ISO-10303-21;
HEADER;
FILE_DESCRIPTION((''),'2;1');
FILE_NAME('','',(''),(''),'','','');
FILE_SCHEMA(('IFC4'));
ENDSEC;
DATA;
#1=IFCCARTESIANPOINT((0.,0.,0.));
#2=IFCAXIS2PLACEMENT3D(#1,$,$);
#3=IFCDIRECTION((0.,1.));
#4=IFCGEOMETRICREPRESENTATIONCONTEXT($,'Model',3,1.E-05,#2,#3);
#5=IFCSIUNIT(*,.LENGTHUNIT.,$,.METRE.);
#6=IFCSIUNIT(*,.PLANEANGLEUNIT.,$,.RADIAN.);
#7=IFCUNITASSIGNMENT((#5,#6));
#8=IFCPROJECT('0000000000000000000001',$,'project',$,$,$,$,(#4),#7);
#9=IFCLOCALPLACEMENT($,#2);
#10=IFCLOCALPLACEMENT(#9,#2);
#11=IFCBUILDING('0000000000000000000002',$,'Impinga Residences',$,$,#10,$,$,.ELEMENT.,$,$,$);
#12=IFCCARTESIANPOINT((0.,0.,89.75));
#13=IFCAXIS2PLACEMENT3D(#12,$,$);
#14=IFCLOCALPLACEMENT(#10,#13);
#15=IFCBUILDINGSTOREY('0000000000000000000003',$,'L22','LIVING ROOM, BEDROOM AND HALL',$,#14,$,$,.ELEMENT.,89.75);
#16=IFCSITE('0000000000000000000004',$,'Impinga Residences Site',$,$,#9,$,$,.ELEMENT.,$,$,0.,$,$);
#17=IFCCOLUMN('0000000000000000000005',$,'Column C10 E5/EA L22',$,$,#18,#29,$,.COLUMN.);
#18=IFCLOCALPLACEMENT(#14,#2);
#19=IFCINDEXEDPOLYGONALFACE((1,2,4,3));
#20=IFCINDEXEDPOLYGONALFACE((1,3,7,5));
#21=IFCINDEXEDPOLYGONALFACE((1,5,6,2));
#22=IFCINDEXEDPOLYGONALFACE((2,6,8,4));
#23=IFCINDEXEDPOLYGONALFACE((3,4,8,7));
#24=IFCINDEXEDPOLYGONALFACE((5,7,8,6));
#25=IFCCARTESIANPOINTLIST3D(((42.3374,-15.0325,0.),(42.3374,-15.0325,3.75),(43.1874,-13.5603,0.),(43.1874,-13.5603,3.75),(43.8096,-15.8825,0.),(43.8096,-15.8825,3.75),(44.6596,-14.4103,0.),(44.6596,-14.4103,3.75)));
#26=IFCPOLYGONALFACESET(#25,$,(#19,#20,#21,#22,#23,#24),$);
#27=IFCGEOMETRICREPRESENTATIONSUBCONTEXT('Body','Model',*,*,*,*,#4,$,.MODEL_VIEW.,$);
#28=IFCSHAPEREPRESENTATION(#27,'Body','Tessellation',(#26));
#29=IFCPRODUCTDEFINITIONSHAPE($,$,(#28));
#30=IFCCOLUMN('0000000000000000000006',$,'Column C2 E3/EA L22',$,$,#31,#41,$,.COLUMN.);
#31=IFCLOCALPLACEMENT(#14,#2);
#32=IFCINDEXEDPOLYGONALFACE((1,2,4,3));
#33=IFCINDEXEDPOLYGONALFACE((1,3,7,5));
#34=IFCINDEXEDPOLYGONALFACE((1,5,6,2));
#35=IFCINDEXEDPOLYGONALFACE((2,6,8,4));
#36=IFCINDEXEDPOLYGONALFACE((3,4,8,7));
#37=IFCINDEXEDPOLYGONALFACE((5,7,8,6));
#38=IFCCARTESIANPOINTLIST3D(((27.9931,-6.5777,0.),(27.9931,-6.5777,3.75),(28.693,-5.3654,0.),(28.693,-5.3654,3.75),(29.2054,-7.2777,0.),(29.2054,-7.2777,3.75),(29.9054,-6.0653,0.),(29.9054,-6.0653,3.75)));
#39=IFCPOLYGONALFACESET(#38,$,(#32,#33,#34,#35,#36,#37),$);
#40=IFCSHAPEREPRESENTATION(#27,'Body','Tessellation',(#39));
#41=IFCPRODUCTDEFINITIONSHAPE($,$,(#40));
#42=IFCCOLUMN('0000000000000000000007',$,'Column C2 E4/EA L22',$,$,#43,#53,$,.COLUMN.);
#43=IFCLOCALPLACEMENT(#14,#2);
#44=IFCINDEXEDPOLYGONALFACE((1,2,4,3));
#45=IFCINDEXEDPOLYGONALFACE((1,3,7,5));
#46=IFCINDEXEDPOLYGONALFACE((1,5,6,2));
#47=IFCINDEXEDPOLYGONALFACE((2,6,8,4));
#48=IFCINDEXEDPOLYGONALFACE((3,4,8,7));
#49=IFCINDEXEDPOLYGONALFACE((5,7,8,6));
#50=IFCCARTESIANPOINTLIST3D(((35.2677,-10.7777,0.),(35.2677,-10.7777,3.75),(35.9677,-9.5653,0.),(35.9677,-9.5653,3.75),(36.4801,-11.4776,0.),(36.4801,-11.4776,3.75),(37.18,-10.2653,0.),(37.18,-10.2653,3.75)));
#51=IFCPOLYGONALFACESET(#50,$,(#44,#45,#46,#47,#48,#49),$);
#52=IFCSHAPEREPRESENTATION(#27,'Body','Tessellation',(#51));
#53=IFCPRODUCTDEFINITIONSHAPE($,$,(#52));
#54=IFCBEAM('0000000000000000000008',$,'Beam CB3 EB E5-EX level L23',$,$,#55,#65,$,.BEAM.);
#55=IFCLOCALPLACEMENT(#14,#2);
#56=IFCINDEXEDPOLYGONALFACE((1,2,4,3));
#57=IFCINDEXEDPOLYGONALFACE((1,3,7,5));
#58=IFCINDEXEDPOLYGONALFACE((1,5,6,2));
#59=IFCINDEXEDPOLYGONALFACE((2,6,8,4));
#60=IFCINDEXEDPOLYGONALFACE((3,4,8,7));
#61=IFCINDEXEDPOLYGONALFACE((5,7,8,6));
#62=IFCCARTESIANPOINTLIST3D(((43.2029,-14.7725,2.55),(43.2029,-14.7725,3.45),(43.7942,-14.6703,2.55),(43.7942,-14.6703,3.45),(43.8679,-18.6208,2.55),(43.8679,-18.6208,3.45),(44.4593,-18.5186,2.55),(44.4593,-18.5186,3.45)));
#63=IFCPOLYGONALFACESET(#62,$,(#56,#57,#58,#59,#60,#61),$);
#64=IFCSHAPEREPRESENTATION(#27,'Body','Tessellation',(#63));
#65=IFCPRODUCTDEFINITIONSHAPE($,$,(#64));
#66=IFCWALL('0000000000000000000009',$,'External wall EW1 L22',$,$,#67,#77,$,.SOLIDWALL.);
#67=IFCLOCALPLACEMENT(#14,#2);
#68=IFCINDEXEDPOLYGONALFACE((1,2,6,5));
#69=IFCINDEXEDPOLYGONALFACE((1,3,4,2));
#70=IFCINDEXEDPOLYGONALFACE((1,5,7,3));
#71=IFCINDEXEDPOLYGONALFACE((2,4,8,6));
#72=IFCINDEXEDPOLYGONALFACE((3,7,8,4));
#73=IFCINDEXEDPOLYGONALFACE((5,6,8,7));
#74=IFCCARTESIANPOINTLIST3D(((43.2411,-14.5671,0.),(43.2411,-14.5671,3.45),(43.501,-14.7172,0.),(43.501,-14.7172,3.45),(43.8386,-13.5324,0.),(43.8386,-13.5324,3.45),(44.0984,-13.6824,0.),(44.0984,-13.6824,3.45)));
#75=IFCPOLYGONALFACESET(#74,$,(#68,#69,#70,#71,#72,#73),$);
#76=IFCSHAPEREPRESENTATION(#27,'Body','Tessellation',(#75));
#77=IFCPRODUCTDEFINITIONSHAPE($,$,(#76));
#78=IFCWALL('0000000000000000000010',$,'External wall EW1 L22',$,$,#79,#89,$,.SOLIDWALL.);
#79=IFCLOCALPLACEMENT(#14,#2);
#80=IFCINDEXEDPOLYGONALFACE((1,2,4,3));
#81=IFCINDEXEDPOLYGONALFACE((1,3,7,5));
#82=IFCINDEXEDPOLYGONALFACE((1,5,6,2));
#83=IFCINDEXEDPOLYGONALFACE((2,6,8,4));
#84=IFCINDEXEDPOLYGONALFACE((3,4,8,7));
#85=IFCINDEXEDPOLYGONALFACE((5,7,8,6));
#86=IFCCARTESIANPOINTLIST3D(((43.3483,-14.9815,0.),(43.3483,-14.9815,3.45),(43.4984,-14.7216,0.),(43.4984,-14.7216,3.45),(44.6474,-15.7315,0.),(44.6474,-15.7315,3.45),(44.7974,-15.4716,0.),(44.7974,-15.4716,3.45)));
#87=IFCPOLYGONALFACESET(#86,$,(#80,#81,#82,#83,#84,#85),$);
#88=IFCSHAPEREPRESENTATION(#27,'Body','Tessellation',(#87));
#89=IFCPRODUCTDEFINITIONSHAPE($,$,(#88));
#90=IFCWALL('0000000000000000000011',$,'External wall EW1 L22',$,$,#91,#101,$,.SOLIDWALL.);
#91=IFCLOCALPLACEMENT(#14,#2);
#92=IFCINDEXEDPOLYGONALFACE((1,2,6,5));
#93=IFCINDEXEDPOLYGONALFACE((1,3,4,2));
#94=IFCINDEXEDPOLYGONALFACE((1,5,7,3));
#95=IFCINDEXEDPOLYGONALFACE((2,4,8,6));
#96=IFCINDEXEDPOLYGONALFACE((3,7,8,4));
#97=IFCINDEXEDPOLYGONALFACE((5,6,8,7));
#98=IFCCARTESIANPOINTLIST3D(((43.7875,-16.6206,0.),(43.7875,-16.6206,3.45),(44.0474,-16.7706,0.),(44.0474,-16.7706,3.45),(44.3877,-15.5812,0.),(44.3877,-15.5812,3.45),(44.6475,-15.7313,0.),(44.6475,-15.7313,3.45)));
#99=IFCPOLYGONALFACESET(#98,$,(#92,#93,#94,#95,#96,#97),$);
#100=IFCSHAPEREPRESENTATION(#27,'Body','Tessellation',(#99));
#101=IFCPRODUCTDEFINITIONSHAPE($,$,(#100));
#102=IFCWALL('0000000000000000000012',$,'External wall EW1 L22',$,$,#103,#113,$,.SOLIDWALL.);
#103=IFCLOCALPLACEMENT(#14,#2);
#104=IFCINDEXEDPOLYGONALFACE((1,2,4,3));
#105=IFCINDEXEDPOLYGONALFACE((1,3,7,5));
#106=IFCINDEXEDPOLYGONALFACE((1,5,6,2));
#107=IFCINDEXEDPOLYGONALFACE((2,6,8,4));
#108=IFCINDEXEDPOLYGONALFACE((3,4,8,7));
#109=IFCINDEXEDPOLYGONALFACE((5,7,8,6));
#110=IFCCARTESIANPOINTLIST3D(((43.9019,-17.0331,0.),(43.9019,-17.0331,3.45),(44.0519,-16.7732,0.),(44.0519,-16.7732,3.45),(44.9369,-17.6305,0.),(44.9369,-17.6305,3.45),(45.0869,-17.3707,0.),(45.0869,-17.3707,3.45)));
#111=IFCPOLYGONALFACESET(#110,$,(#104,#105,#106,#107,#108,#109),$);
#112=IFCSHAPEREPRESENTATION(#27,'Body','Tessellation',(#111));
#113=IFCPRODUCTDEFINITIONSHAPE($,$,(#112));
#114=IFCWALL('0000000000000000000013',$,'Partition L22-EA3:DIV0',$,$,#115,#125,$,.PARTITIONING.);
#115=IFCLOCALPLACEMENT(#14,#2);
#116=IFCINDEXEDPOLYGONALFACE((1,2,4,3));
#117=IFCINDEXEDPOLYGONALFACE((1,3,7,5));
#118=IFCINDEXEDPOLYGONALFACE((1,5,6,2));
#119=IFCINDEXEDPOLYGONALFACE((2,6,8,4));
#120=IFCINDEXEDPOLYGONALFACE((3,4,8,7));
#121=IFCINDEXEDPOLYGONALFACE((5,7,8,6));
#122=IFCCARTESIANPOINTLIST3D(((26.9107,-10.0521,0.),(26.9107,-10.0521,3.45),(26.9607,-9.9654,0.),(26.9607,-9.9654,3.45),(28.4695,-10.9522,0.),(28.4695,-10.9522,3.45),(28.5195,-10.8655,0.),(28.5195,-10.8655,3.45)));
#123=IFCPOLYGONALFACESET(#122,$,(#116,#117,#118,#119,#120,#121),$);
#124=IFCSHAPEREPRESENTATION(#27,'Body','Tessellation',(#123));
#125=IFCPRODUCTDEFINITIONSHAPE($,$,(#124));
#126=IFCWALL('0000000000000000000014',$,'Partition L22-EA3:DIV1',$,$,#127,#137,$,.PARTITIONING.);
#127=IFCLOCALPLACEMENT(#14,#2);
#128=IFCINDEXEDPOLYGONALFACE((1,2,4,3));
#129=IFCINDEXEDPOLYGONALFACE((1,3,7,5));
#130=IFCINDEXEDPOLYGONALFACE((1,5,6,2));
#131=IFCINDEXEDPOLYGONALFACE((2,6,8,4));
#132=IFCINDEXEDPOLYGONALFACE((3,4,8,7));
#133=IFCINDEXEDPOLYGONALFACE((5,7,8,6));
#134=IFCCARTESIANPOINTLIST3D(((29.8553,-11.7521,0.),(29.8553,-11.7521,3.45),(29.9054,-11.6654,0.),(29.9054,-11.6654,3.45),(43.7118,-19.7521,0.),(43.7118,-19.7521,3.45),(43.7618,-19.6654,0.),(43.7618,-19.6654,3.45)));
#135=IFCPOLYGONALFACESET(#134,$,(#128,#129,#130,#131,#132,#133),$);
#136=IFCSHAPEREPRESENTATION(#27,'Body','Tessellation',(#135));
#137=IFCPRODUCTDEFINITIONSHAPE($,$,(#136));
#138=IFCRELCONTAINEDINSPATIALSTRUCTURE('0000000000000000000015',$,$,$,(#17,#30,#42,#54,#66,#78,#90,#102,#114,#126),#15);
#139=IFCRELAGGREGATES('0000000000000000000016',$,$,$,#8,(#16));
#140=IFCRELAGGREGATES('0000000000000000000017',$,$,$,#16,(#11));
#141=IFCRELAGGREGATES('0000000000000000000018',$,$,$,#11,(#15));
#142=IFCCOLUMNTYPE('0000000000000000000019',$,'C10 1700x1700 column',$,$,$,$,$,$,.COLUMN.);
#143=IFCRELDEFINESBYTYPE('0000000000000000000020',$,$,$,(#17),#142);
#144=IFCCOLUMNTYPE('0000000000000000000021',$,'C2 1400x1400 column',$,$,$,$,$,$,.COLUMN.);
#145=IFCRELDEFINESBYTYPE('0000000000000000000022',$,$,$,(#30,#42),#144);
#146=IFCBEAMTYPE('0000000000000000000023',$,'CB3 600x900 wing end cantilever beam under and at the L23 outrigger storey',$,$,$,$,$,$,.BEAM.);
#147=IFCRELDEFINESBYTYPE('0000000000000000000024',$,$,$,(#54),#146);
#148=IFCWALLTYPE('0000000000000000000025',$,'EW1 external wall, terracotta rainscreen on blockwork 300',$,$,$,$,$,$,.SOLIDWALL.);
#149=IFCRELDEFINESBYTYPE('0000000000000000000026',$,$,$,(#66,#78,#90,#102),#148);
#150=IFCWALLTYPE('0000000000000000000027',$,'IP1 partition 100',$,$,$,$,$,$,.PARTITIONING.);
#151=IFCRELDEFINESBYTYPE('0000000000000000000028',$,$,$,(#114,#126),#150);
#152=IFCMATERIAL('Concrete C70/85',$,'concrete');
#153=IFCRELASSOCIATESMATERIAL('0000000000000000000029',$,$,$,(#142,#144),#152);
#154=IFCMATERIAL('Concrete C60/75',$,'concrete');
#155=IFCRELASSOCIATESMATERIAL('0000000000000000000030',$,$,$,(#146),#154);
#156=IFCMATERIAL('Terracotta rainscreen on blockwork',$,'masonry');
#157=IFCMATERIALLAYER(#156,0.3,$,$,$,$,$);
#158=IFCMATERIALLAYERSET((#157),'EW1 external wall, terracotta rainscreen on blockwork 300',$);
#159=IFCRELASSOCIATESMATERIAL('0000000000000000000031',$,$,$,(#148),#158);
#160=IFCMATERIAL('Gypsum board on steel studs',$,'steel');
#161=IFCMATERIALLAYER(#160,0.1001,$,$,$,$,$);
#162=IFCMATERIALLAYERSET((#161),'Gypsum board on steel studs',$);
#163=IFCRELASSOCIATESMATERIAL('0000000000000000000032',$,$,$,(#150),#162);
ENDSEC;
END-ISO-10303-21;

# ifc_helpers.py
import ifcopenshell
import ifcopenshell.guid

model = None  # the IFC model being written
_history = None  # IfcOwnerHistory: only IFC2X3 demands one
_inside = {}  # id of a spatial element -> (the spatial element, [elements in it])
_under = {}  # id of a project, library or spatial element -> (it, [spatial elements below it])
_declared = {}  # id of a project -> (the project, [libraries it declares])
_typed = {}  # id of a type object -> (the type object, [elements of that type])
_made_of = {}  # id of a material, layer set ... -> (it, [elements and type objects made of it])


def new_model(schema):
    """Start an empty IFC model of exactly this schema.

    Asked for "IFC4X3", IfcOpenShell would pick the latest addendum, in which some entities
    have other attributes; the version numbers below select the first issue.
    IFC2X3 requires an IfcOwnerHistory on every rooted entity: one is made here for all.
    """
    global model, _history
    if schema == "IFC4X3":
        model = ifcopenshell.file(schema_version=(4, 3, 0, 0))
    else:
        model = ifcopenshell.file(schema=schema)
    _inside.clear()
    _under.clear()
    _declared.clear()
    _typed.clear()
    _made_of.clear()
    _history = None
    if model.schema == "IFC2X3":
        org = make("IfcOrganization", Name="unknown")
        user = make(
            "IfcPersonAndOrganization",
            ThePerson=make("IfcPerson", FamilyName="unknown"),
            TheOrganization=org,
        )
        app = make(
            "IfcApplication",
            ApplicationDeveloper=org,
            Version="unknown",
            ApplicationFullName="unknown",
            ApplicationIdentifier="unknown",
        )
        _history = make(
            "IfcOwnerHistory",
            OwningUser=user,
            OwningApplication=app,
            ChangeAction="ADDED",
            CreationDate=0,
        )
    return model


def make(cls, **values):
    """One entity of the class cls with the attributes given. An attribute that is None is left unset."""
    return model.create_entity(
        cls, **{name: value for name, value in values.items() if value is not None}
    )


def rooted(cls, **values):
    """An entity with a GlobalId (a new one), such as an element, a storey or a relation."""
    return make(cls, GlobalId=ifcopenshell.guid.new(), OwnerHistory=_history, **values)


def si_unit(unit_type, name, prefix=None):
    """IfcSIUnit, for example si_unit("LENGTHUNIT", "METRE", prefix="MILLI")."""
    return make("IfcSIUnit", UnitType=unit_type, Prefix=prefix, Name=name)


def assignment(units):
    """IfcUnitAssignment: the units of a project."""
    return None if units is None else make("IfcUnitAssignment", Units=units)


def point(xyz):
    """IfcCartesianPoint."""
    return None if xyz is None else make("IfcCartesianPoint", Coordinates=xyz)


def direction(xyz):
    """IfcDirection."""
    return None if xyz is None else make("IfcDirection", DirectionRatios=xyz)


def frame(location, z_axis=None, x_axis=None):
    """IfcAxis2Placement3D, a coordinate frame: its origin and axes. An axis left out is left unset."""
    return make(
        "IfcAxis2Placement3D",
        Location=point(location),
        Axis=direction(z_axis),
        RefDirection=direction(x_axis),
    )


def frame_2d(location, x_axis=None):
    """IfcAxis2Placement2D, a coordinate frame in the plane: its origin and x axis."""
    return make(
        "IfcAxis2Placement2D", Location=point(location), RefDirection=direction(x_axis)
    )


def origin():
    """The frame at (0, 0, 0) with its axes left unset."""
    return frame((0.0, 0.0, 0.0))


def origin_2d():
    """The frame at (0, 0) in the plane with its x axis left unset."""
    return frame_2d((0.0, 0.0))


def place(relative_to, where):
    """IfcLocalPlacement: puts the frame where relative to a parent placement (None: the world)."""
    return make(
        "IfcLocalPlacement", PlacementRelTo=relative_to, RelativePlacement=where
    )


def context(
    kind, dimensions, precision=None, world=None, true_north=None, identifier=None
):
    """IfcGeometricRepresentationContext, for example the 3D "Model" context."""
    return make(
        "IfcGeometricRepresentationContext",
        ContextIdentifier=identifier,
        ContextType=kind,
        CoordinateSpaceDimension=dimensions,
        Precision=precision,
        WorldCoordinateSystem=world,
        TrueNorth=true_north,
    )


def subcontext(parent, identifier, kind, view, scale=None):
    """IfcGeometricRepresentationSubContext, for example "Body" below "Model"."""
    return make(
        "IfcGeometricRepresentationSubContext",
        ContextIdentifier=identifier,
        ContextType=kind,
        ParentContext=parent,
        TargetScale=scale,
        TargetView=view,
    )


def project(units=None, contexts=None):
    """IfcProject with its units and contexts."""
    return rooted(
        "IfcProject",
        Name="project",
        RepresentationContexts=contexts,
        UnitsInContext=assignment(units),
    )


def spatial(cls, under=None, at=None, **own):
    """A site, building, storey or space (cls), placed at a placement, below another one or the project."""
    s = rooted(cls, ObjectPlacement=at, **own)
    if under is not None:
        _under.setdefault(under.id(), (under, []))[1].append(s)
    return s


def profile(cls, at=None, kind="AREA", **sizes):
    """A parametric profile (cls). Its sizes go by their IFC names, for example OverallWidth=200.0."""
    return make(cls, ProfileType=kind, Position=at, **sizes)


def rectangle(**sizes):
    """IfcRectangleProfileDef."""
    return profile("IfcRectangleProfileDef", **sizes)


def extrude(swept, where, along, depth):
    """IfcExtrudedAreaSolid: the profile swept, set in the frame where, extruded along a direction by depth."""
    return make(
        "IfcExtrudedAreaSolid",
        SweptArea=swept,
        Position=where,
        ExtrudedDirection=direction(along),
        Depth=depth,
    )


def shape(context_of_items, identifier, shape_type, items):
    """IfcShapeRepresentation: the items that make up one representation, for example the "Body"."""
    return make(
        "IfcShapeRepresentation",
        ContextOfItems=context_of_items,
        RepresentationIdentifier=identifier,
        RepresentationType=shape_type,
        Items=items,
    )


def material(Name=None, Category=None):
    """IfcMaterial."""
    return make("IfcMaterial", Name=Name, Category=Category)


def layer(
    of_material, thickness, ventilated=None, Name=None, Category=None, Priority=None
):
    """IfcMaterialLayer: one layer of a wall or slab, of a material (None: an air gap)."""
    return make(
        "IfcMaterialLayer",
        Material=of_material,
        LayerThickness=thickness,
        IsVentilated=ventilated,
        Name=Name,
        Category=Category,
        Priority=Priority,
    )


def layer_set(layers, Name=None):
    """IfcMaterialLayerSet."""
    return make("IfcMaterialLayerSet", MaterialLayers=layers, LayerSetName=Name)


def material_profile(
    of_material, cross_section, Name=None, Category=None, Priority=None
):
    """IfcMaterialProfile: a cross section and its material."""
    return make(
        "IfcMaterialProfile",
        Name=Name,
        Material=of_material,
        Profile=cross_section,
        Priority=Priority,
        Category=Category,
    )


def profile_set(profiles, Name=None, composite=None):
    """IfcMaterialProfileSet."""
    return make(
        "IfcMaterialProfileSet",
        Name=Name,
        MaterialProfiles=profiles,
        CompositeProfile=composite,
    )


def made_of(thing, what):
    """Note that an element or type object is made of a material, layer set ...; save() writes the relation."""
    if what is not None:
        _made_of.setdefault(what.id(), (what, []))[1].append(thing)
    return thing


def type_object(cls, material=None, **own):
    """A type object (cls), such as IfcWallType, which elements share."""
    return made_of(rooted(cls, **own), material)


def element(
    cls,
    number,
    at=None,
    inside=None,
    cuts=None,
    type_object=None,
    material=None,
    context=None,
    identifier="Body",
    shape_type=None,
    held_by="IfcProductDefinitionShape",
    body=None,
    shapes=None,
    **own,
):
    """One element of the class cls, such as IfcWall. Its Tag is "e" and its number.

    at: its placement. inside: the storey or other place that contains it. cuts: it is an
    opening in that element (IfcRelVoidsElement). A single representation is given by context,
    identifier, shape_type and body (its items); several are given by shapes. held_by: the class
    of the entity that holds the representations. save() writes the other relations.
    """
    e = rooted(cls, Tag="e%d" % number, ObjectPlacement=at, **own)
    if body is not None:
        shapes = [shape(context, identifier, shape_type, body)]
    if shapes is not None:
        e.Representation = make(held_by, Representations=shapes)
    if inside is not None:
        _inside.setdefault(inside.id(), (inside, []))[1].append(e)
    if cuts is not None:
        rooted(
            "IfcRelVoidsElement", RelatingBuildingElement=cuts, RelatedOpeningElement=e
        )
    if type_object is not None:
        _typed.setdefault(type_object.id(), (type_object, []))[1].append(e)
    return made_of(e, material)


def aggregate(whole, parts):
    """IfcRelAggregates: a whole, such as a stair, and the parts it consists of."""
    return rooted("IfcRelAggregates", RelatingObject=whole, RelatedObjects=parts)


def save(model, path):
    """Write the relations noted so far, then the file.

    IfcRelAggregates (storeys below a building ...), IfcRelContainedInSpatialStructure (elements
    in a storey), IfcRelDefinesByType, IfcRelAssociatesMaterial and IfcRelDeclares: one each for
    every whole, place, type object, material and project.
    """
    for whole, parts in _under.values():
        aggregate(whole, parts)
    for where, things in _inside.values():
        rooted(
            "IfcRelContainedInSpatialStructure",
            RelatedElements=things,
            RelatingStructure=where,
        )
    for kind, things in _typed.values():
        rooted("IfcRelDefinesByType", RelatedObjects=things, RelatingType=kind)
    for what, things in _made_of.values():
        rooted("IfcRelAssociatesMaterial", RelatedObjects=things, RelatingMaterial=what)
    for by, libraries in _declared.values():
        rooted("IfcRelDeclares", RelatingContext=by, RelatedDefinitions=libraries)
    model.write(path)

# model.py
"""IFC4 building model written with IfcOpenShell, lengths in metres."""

from ifc_helpers import new_model, si_unit, direction, frame, frame_2d, origin, origin_2d, place, context, subcontext, project, spatial, rectangle, extrude, material, layer, layer_set, material_profile, profile_set, type_object, element, save


model = new_model("IFC4")

# Units and contexts
model_context = context("Model", 3, precision=1e-05, world=origin(), true_north=direction((0.0, 1.0)))
body_context = subcontext(model_context, "Body", "Model", "MODEL_VIEW")
ifc_project = project(units=[si_unit("LENGTHUNIT", "METRE"), si_unit("PLANEANGLEUNIT", "RADIAN")], contexts=[model_context])

# Site, building, storey
site_placement = place(None, origin())
site = spatial("IfcSite", under=ifc_project, at=site_placement, Name="Impinga Residences Site", CompositionType="ELEMENT", RefElevation=0.0)
building_placement = place(site_placement, origin())
building = spatial("IfcBuilding", under=site, at=building_placement, Name="Impinga Residences", CompositionType="ELEMENT")
storey_placement = place(building_placement, frame((0.0, 0.0, 89.75)))
storey = spatial("IfcBuildingStorey", under=building, at=storey_placement, Name="L22", Description="LIVING ROOM, BEDROOM AND HALL", CompositionType="ELEMENT", Elevation=89.75)

# Columns
ifc_material_1 = material(Name="Concrete C70/85", Category="concrete")
ifc_material_profile_1 = material_profile(ifc_material_1, rectangle(XDim=1.7, YDim=1.7, at=origin_2d()), Name="RC 1700x1700")
ifc_profile_set_1 = profile_set([ifc_material_profile_1], Name="Concrete C70/85")
column_type_1 = type_object("IfcColumnType", Name="C10 1700x1700 column", PredefinedType="COLUMN", material=ifc_profile_set_1)
column_placement = place(storey_placement, frame((43.4985, -14.7214, 0.0), z_axis=(0.0, 0.0, 1.0), x_axis=(-0.5, -0.866025, 0.0)))
element("IfcColumn", 1, at=column_placement, inside=storey, type_object=column_type_1, Name="Column C10 E5/EA L22", PredefinedType="COLUMN", context=body_context, shape_type="SweptSolid", body=[
    extrude(rectangle(XDim=1.7, YDim=1.7, at=origin_2d()), origin(), (0.0, 0.0, 1.0), 3.75),
])
ifc_material_profile_2 = material_profile(ifc_material_1, rectangle(XDim=1.3999, YDim=1.3999, at=origin_2d()), Name="RC 1400x1400")
ifc_profile_set_2 = profile_set([ifc_material_profile_2], Name="Concrete C70/85")
column_type_2 = type_object("IfcColumnType", Name="C2 1400x1400 column", PredefinedType="COLUMN", material=ifc_profile_set_2)
for number, where, z_axis, x_axis, name in (
    (2, (28.9492, -6.3215, 0.0), (0.0, 0.0, 1.0), (-0.5, -0.866025, 0.0), "Column C2 E3/EA L22"),
    (3, (36.2239, -10.5215, 0.0), (0.0, 0.0, 1.0), (-0.5, -0.866025, 0.0), "Column C2 E4/EA L22"),
):
    element("IfcColumn", number, at=place(storey_placement, frame(where, z_axis=z_axis, x_axis=x_axis)), inside=storey, type_object=column_type_2, Name=name, PredefinedType="COLUMN", context=body_context, shape_type="SweptSolid", body=[
        extrude(rectangle(XDim=1.3999, YDim=1.3999, at=origin_2d()), origin(), (0.0, 0.0, 1.0), 3.75),
    ])

# Beam
ifc_material_2 = material(Name="Concrete C60/75", Category="concrete")
ifc_material_profile_3 = material_profile(ifc_material_2, rectangle(XDim=0.6001, YDim=0.8999, at=origin_2d()), Name="RC 600x900")
ifc_profile_set_3 = profile_set([ifc_material_profile_3], Name="Concrete C60/75")
beam_type = type_object("IfcBeamType", Name="CB3 600x900 wing end cantilever beam under and at the L23 outrigger storey", PredefinedType="BEAM", material=ifc_profile_set_3)
beam_placement = place(storey_placement, frame((43.4985, -14.7214, 3.0), z_axis=(0.170296, -0.985393, 0.0), x_axis=(0.985393, 0.170296, 0.0)))
element("IfcBeam", 4, at=beam_placement, inside=storey, type_object=beam_type, Name="Beam CB3 EB E5-EX level L23", PredefinedType="BEAM", context=body_context, shape_type="SweptSolid", body=[
    extrude(rectangle(XDim=0.6001, YDim=0.8999, at=origin_2d()), origin(), (0.0, 0.0, 1.0), 3.9053),
])

# Walls
ifc_material_3 = material(Name="Terracotta rainscreen on blockwork", Category="masonry")
ifc_layer_1 = layer(ifc_material_3, 0.3)
ifc_layer_set_1 = layer_set([ifc_layer_1], Name="EW1 external wall, terracotta rainscreen on blockwork 300")
wall_type_1 = type_object("IfcWallType", Name="EW1 external wall, terracotta rainscreen on blockwork 300", PredefinedType="SOLIDWALL", material=ifc_layer_set_1)
wall_1_placement = place(storey_placement, frame((43.9685, -13.6074, 0.0), z_axis=(0.0, 0.0, 1.0), x_axis=(-0.500029, -0.866009, 0.0)))
element("IfcWall", 5, at=wall_1_placement, inside=storey, type_object=wall_type_1, Name="External wall EW1 L22", PredefinedType="SOLIDWALL", context=body_context, shape_type="SweptSolid", body=[
    extrude(rectangle(XDim=1.1948, YDim=0.3, at=frame_2d((0.5974, 0.0))), origin(), (0.0, 0.0, 1.0), 3.45),
])
wall_2_placement = place(storey_placement, frame((43.4233, -14.8516, 0.0), z_axis=(0.0, 0.0, 1.0), x_axis=(0.866031, -0.49999, 0.0)))
element("IfcWall", 6, at=wall_2_placement, inside=storey, type_object=wall_type_1, Name="External wall EW1 L22", PredefinedType="SOLIDWALL", context=body_context, shape_type="SweptSolid", body=[
    extrude(rectangle(XDim=1.5, YDim=0.3, at=frame_2d((0.75, 0.0))), origin(), (0.0, 0.0, 1.0), 3.45),
])
wall_3_placement = place(storey_placement, frame((44.5176, -15.6562, 0.0), z_axis=(0.0, 0.0, 1.0), x_axis=(-0.500034, -0.866006, 0.0)))
element("IfcWall", 7, at=wall_3_placement, inside=storey, type_object=wall_type_1, Name="External wall EW1 L22", PredefinedType="SOLIDWALL", context=body_context, shape_type="SweptSolid", body=[
    extrude(rectangle(XDim=1.2002, YDim=0.3, at=frame_2d((0.6001, 0.0))), origin(), (0.0, 0.0, 1.0), 3.45),
])
wall_4_placement = place(storey_placement, frame((43.9768, -16.9031, 0.0), z_axis=(0.0, 0.0, 1.0), x_axis=(0.86606, -0.499941, 0.0)))
element("IfcWall", 8, at=wall_4_placement, inside=storey, type_object=wall_type_1, Name="External wall EW1 L22", PredefinedType="SOLIDWALL", context=body_context, shape_type="SweptSolid", body=[
    extrude(rectangle(XDim=1.1951, YDim=0.3, at=frame_2d((0.5977, 0.0))), origin(), (0.0, 0.0, 1.0), 3.45),
])
ifc_material_4 = material(Name="Gypsum board on steel studs", Category="steel")
ifc_layer_2 = layer(ifc_material_4, 0.1001)
ifc_layer_set_2 = layer_set([ifc_layer_2], Name="Gypsum board on steel studs")
wall_type_2 = type_object("IfcWallType", Name="IP1 partition 100", PredefinedType="PARTITIONING", material=ifc_layer_set_2)
wall_5_placement = place(storey_placement, frame((26.9358, -10.0088, 0.0), z_axis=(0.0, 0.0, 1.0), x_axis=(0.865989, -0.500063, 0.0)))
element("IfcWall", 9, at=wall_5_placement, inside=storey, type_object=wall_type_2, Name="Partition L22-EA3:DIV0", PredefinedType="PARTITIONING", context=body_context, shape_type="SweptSolid", body=[
    extrude(rectangle(XDim=1.8, YDim=0.1001, at=frame_2d((0.8999, 0.0))), origin(), (0.0, 0.0, 1.0), 3.45),
])
wall_6_placement = place(storey_placement, frame((29.8804, -11.7087, 0.0), z_axis=(0.0, 0.0, 1.0), x_axis=(0.866026, -0.499999, 0.0)))
element("IfcWall", 10, at=wall_6_placement, inside=storey, type_object=wall_type_2, Name="Partition L22-EA3:DIV1", PredefinedType="PARTITIONING", context=body_context, shape_type="SweptSolid", body=[
    extrude(rectangle(XDim=16.0, YDim=0.1001, at=frame_2d((8.0, 0.0))), origin(), (0.0, 0.0, 1.0), 3.45),
])

save(model, "model.ifc")
